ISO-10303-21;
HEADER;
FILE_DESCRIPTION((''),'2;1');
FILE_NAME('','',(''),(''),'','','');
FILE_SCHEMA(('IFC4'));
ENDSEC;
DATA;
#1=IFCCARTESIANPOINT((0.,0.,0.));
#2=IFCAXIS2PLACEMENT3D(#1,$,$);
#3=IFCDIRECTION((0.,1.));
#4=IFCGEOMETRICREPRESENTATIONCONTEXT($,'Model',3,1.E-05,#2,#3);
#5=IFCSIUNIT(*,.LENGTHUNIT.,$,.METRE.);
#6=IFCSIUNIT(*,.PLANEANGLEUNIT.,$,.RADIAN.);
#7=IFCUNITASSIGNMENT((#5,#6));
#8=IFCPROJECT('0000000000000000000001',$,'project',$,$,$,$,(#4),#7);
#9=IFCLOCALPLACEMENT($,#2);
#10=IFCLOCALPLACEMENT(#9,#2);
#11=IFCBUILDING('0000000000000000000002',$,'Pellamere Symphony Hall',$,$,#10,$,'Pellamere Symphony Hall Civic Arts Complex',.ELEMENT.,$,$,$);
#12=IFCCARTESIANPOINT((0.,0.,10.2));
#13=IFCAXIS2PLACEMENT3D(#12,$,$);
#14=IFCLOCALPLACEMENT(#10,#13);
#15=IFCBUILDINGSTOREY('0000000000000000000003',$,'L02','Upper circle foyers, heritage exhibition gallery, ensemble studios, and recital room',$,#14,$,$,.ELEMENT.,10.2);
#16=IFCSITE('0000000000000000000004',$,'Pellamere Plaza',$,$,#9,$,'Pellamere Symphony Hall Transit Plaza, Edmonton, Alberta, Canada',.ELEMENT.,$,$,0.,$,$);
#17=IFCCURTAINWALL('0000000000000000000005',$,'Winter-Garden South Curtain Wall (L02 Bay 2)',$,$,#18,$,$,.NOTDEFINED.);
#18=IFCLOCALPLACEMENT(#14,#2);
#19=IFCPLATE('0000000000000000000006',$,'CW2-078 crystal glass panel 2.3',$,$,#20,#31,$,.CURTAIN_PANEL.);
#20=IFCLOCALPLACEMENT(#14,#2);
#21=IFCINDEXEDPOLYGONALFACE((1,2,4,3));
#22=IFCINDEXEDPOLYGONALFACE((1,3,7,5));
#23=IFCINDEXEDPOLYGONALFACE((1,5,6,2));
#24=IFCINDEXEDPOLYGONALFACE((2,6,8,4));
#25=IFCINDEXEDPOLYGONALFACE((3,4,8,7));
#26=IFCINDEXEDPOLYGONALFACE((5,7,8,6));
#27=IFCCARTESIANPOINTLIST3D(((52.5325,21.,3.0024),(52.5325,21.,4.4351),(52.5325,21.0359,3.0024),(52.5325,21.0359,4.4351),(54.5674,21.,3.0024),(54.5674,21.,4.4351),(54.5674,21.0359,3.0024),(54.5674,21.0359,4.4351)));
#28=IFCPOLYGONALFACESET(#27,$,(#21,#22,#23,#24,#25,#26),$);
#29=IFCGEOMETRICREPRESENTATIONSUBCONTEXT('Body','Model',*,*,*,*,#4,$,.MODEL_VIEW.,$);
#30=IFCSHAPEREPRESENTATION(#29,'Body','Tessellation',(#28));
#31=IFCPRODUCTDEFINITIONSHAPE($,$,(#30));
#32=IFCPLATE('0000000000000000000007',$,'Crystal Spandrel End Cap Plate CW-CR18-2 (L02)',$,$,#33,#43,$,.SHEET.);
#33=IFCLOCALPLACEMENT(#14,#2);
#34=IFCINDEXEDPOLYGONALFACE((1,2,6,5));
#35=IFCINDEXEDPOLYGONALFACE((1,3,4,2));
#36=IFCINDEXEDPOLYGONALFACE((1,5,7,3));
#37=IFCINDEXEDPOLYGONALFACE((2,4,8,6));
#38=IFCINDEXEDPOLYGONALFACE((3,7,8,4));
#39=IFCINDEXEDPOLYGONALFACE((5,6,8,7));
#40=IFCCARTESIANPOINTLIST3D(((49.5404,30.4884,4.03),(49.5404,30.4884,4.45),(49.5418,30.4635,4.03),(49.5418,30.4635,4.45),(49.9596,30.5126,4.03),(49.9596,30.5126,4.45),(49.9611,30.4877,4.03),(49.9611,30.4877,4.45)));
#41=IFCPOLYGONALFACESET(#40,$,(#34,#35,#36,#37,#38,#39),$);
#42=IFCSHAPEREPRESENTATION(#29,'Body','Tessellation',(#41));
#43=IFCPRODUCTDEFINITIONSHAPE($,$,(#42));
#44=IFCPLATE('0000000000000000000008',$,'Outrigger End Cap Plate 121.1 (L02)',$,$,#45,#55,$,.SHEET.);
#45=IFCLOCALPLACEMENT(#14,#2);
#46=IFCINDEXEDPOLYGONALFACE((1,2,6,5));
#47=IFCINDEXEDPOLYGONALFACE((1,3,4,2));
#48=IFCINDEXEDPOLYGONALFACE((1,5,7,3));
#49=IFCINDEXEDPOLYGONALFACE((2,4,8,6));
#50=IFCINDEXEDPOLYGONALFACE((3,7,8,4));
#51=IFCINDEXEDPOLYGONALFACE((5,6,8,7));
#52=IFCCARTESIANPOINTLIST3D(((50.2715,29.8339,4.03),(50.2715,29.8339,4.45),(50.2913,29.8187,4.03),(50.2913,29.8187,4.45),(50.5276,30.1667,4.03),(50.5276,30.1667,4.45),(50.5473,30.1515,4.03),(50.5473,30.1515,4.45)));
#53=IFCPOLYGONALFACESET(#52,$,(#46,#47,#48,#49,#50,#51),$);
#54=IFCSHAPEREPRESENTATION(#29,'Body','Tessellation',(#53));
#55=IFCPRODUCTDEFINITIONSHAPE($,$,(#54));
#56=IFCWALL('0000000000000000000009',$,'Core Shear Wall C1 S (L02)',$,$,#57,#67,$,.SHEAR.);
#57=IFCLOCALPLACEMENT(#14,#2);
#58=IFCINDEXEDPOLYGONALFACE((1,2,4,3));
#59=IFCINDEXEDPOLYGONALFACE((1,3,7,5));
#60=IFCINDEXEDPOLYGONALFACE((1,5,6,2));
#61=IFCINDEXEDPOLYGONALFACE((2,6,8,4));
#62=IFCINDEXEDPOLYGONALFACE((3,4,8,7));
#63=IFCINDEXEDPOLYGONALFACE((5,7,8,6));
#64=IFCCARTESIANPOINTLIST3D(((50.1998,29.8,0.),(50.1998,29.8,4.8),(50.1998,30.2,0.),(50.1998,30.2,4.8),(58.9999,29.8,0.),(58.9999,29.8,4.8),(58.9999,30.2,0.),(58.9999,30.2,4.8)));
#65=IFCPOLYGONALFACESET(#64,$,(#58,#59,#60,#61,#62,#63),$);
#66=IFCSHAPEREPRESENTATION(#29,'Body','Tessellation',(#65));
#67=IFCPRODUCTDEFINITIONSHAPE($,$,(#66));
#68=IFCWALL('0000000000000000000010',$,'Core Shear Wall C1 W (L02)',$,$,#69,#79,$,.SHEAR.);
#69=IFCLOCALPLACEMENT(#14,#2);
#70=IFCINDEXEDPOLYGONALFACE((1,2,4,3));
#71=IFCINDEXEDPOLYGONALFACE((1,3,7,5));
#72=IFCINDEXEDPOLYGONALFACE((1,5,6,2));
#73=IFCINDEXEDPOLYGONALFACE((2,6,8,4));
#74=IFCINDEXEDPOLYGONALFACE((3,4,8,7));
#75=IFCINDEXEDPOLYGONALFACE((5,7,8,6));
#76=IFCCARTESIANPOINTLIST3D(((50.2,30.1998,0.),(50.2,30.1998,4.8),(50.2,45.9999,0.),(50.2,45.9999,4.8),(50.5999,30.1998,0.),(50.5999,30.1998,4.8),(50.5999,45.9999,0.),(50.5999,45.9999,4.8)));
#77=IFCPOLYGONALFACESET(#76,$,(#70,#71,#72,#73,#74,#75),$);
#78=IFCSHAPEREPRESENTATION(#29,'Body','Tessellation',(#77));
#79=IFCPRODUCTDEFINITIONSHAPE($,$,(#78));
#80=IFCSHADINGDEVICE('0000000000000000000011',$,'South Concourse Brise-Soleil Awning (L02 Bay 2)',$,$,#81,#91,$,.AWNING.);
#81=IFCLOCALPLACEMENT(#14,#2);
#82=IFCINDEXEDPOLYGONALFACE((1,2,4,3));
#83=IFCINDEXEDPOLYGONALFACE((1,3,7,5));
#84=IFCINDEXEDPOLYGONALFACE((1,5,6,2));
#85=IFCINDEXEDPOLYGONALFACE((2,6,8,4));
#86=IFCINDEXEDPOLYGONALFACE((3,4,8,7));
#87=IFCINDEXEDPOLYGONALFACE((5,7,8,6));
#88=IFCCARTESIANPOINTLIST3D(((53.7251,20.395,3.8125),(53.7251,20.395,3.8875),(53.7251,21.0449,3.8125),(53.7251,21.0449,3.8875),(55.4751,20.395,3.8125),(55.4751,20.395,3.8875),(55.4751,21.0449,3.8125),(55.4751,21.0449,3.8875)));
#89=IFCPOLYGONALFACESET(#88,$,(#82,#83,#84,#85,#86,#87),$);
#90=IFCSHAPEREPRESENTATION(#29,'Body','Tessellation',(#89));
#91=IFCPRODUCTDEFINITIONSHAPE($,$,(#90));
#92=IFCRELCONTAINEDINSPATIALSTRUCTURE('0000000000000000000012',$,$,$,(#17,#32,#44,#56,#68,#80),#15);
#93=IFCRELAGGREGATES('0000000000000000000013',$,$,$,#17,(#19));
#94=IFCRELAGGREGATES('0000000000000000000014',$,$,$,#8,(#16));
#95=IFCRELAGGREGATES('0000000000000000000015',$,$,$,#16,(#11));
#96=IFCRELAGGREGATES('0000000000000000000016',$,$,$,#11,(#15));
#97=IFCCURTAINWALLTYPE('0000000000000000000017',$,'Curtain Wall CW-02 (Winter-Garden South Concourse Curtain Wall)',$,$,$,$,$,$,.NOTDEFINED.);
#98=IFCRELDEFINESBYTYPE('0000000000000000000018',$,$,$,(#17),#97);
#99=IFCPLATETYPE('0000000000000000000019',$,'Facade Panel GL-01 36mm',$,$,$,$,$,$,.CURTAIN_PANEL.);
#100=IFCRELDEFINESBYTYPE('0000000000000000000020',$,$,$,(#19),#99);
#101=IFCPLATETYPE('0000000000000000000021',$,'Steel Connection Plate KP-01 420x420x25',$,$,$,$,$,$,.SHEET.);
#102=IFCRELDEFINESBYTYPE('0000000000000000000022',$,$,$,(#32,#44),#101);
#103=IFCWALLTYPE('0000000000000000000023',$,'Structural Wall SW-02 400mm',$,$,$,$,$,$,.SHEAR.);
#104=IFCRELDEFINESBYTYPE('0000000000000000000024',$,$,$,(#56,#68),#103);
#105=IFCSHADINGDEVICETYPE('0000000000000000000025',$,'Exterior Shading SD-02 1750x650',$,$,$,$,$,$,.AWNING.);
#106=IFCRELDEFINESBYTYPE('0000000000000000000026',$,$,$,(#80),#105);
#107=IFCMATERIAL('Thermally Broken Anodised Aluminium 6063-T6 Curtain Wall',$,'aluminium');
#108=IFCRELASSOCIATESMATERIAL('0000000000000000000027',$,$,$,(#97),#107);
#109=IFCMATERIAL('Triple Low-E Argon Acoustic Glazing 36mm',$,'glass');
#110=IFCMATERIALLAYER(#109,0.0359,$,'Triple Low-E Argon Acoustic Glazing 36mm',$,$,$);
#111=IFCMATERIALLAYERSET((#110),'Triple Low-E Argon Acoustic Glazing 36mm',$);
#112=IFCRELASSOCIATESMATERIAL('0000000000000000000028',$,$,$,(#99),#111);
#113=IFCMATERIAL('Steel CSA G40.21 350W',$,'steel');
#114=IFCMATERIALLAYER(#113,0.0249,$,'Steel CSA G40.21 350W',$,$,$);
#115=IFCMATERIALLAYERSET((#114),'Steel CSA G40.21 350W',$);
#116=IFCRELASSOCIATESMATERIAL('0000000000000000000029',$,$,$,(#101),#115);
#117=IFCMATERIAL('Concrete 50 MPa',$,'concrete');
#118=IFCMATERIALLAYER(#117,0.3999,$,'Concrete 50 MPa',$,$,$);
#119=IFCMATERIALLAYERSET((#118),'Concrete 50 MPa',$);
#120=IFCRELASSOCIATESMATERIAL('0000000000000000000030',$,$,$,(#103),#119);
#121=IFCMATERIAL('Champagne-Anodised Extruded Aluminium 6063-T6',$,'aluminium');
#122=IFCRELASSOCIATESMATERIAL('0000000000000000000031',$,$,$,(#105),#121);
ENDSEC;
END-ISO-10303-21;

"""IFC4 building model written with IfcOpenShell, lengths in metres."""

from ifc_helpers import new_model, si_unit, direction, frame, frame_2d, origin, origin_2d, place, context, subcontext, project, spatial, polyline, rectangle, outline, extrude, material, layer, layer_set, type_object, element, aggregate, save


model = new_model("IFC4")

# Units and contexts
model_context = context("Model", 3, precision=1e-05, world=origin(), true_north=direction((0.0, 1.0)))
body_context = subcontext(model_context, "Body", "Model", "MODEL_VIEW")
ifc_project = project(units=[si_unit("LENGTHUNIT", "METRE"), si_unit("PLANEANGLEUNIT", "RADIAN")], contexts=[model_context])

# Site, building, storey
site_placement = place(None, origin())
site = spatial("IfcSite", under=ifc_project, at=site_placement, Name="Pellamere Plaza", LongName="Pellamere Symphony Hall Transit Plaza, Edmonton, Alberta, Canada", CompositionType="ELEMENT", RefElevation=0.0)
building_placement = place(site_placement, origin())
building = spatial("IfcBuilding", under=site, at=building_placement, Name="Pellamere Symphony Hall", LongName="Pellamere Symphony Hall Civic Arts Complex", CompositionType="ELEMENT")
storey_placement = place(building_placement, frame((0.0, 0.0, 10.2)))
storey = spatial("IfcBuildingStorey", under=building, at=storey_placement, Name="L02", Description="Upper circle foyers, heritage exhibition gallery, ensemble studios, and recital room", CompositionType="ELEMENT", Elevation=10.2)

# Shared definitions
ifc_material_1 = material(Name="Thermally Broken Anodised Aluminium 6063-T6 Curtain Wall", Category="aluminium")
curtain_wall_type = type_object("IfcCurtainWallType", Name="Curtain Wall CW-02 (Winter-Garden South Concourse Curtain Wall)", PredefinedType="NOTDEFINED", material=ifc_material_1)

# Curtain wall
curtain_wall_1_placement = place(storey_placement, origin())
curtain_wall_1 = element("IfcCurtainWall", 1, at=curtain_wall_1_placement, inside=storey, type_object=curtain_wall_type, Name="Winter-Garden South Curtain Wall (L02 Bay 2)", PredefinedType="NOTDEFINED")

# Shared definitions
ifc_material_2 = material(Name="Steel CSA G40.21 350W", Category="steel")

# Plate
ifc_material_3 = material(Name="Triple Low-E Argon Acoustic Glazing 36mm", Category="glass")
ifc_layer_1 = layer(ifc_material_3, 0.0359, Name="Triple Low-E Argon Acoustic Glazing 36mm")
ifc_layer_set_1 = layer_set([ifc_layer_1], Name="Triple Low-E Argon Acoustic Glazing 36mm")
plate_type_1 = type_object("IfcPlateType", Name="Facade Panel GL-01 36mm", PredefinedType="CURTAIN_PANEL", material=ifc_layer_set_1)
plate_1_placement = place(storey_placement, frame((52.5325, 21.0, 3.0024), z_axis=(0.0, -1.0, 0.0), x_axis=(1.0, 0.0, 0.0)))
plate_1 = element("IfcPlate", 2, at=plate_1_placement, type_object=plate_type_1, Name="CW2-078 crystal glass panel 2.3", PredefinedType="CURTAIN_PANEL", context=body_context, shape_type="SweptSolid", body=[
    extrude(outline(polyline([(0.0, 0.0), (2.0349, 0.0), (2.0349, 1.4326), (0.0, 1.4326), (0.0, 0.0)])), origin(), (0.0, 0.0, -1.0), 0.0359),
])
aggregate(curtain_wall_1, [plate_1])

# Plates
ifc_layer_2 = layer(ifc_material_2, 0.0249, Name="Steel CSA G40.21 350W")
ifc_layer_set_2 = layer_set([ifc_layer_2], Name="Steel CSA G40.21 350W")
plate_type_2 = type_object("IfcPlateType", Name="Steel Connection Plate KP-01 420x420x25", PredefinedType="SHEET", material=ifc_layer_set_2)
for number, where, z_axis, x_axis, name in (
    (3, (49.7507, 30.488, 4.03), (0.0, 0.0, 1.0), (0.057564, -0.998342, 0.0), "Crystal Spandrel End Cap Plate CW-CR18-2 (L02)"),
    (4, (50.4094, 29.9927, 4.03), (0.0, 0.0, 1.0), (-0.792609, 0.60973, 0.0), "Outrigger End Cap Plate 121.1 (L02)"),
):
    element("IfcPlate", number, at=place(storey_placement, frame(where, z_axis=z_axis, x_axis=x_axis)), inside=storey, type_object=plate_type_2, Name=name, PredefinedType="SHEET", context=body_context, shape_type="SweptSolid", body=[
        extrude(rectangle(XDim=0.0249, YDim=0.4199, at=origin_2d()), origin(), (0.0, 0.0, 1.0), 0.4199),
    ])

# Walls
ifc_material_4 = material(Name="Concrete 50 MPa", Category="concrete")
ifc_layer_3 = layer(ifc_material_4, 0.3999, Name="Concrete 50 MPa")
ifc_layer_set_3 = layer_set([ifc_layer_3], Name="Concrete 50 MPa")
wall_type = type_object("IfcWallType", Name="Structural Wall SW-02 400mm", PredefinedType="SHEAR", material=ifc_layer_set_3)
wall_1_placement = place(storey_placement, frame((50.2, 30.0, 0.0), z_axis=(0.0, 0.0, 1.0), x_axis=(1.0, 0.0, 0.0)))
element("IfcWall", 5, at=wall_1_placement, inside=storey, type_object=wall_type, Name="Core Shear Wall C1 S (L02)", PredefinedType="SHEAR", context=body_context, shape_type="SweptSolid", body=[
    extrude(rectangle(XDim=8.8, YDim=0.3999, at=frame_2d((4.3999, 0.0))), origin(), (0.0, 0.0, 1.0), 4.8),
])
wall_2_placement = place(storey_placement, frame((50.3999, 30.2, 0.0), z_axis=(0.0, 0.0, 1.0), x_axis=(0.0, 1.0, 0.0)))
element("IfcWall", 6, at=wall_2_placement, inside=storey, type_object=wall_type, Name="Core Shear Wall C1 W (L02)", PredefinedType="SHEAR", context=body_context, shape_type="SweptSolid", body=[
    extrude(rectangle(XDim=15.8, YDim=0.3999, at=frame_2d((7.8999, 0.0))), origin(), (0.0, 0.0, 1.0), 4.8),
])

# Shading device
ifc_material_5 = material(Name="Champagne-Anodised Extruded Aluminium 6063-T6", Category="aluminium")
shading_device_type = type_object("IfcShadingDeviceType", Name="Exterior Shading SD-02 1750x650", PredefinedType="AWNING", material=ifc_material_5)
shading_device_placement = place(storey_placement, frame((54.6001, 20.72, 3.8125), z_axis=(0.0, 0.0, 1.0), x_axis=(1.0, 0.0, 0.0)))
element("IfcShadingDevice", 7, at=shading_device_placement, inside=storey, type_object=shading_device_type, Name="South Concourse Brise-Soleil Awning (L02 Bay 2)", PredefinedType="AWNING", context=body_context, shape_type="SweptSolid", body=[
    extrude(rectangle(XDim=1.75, YDim=0.6499, at=origin_2d()), origin(), (0.0, 0.0, 1.0), 0.075),
])

save(model, "model.ifc")
